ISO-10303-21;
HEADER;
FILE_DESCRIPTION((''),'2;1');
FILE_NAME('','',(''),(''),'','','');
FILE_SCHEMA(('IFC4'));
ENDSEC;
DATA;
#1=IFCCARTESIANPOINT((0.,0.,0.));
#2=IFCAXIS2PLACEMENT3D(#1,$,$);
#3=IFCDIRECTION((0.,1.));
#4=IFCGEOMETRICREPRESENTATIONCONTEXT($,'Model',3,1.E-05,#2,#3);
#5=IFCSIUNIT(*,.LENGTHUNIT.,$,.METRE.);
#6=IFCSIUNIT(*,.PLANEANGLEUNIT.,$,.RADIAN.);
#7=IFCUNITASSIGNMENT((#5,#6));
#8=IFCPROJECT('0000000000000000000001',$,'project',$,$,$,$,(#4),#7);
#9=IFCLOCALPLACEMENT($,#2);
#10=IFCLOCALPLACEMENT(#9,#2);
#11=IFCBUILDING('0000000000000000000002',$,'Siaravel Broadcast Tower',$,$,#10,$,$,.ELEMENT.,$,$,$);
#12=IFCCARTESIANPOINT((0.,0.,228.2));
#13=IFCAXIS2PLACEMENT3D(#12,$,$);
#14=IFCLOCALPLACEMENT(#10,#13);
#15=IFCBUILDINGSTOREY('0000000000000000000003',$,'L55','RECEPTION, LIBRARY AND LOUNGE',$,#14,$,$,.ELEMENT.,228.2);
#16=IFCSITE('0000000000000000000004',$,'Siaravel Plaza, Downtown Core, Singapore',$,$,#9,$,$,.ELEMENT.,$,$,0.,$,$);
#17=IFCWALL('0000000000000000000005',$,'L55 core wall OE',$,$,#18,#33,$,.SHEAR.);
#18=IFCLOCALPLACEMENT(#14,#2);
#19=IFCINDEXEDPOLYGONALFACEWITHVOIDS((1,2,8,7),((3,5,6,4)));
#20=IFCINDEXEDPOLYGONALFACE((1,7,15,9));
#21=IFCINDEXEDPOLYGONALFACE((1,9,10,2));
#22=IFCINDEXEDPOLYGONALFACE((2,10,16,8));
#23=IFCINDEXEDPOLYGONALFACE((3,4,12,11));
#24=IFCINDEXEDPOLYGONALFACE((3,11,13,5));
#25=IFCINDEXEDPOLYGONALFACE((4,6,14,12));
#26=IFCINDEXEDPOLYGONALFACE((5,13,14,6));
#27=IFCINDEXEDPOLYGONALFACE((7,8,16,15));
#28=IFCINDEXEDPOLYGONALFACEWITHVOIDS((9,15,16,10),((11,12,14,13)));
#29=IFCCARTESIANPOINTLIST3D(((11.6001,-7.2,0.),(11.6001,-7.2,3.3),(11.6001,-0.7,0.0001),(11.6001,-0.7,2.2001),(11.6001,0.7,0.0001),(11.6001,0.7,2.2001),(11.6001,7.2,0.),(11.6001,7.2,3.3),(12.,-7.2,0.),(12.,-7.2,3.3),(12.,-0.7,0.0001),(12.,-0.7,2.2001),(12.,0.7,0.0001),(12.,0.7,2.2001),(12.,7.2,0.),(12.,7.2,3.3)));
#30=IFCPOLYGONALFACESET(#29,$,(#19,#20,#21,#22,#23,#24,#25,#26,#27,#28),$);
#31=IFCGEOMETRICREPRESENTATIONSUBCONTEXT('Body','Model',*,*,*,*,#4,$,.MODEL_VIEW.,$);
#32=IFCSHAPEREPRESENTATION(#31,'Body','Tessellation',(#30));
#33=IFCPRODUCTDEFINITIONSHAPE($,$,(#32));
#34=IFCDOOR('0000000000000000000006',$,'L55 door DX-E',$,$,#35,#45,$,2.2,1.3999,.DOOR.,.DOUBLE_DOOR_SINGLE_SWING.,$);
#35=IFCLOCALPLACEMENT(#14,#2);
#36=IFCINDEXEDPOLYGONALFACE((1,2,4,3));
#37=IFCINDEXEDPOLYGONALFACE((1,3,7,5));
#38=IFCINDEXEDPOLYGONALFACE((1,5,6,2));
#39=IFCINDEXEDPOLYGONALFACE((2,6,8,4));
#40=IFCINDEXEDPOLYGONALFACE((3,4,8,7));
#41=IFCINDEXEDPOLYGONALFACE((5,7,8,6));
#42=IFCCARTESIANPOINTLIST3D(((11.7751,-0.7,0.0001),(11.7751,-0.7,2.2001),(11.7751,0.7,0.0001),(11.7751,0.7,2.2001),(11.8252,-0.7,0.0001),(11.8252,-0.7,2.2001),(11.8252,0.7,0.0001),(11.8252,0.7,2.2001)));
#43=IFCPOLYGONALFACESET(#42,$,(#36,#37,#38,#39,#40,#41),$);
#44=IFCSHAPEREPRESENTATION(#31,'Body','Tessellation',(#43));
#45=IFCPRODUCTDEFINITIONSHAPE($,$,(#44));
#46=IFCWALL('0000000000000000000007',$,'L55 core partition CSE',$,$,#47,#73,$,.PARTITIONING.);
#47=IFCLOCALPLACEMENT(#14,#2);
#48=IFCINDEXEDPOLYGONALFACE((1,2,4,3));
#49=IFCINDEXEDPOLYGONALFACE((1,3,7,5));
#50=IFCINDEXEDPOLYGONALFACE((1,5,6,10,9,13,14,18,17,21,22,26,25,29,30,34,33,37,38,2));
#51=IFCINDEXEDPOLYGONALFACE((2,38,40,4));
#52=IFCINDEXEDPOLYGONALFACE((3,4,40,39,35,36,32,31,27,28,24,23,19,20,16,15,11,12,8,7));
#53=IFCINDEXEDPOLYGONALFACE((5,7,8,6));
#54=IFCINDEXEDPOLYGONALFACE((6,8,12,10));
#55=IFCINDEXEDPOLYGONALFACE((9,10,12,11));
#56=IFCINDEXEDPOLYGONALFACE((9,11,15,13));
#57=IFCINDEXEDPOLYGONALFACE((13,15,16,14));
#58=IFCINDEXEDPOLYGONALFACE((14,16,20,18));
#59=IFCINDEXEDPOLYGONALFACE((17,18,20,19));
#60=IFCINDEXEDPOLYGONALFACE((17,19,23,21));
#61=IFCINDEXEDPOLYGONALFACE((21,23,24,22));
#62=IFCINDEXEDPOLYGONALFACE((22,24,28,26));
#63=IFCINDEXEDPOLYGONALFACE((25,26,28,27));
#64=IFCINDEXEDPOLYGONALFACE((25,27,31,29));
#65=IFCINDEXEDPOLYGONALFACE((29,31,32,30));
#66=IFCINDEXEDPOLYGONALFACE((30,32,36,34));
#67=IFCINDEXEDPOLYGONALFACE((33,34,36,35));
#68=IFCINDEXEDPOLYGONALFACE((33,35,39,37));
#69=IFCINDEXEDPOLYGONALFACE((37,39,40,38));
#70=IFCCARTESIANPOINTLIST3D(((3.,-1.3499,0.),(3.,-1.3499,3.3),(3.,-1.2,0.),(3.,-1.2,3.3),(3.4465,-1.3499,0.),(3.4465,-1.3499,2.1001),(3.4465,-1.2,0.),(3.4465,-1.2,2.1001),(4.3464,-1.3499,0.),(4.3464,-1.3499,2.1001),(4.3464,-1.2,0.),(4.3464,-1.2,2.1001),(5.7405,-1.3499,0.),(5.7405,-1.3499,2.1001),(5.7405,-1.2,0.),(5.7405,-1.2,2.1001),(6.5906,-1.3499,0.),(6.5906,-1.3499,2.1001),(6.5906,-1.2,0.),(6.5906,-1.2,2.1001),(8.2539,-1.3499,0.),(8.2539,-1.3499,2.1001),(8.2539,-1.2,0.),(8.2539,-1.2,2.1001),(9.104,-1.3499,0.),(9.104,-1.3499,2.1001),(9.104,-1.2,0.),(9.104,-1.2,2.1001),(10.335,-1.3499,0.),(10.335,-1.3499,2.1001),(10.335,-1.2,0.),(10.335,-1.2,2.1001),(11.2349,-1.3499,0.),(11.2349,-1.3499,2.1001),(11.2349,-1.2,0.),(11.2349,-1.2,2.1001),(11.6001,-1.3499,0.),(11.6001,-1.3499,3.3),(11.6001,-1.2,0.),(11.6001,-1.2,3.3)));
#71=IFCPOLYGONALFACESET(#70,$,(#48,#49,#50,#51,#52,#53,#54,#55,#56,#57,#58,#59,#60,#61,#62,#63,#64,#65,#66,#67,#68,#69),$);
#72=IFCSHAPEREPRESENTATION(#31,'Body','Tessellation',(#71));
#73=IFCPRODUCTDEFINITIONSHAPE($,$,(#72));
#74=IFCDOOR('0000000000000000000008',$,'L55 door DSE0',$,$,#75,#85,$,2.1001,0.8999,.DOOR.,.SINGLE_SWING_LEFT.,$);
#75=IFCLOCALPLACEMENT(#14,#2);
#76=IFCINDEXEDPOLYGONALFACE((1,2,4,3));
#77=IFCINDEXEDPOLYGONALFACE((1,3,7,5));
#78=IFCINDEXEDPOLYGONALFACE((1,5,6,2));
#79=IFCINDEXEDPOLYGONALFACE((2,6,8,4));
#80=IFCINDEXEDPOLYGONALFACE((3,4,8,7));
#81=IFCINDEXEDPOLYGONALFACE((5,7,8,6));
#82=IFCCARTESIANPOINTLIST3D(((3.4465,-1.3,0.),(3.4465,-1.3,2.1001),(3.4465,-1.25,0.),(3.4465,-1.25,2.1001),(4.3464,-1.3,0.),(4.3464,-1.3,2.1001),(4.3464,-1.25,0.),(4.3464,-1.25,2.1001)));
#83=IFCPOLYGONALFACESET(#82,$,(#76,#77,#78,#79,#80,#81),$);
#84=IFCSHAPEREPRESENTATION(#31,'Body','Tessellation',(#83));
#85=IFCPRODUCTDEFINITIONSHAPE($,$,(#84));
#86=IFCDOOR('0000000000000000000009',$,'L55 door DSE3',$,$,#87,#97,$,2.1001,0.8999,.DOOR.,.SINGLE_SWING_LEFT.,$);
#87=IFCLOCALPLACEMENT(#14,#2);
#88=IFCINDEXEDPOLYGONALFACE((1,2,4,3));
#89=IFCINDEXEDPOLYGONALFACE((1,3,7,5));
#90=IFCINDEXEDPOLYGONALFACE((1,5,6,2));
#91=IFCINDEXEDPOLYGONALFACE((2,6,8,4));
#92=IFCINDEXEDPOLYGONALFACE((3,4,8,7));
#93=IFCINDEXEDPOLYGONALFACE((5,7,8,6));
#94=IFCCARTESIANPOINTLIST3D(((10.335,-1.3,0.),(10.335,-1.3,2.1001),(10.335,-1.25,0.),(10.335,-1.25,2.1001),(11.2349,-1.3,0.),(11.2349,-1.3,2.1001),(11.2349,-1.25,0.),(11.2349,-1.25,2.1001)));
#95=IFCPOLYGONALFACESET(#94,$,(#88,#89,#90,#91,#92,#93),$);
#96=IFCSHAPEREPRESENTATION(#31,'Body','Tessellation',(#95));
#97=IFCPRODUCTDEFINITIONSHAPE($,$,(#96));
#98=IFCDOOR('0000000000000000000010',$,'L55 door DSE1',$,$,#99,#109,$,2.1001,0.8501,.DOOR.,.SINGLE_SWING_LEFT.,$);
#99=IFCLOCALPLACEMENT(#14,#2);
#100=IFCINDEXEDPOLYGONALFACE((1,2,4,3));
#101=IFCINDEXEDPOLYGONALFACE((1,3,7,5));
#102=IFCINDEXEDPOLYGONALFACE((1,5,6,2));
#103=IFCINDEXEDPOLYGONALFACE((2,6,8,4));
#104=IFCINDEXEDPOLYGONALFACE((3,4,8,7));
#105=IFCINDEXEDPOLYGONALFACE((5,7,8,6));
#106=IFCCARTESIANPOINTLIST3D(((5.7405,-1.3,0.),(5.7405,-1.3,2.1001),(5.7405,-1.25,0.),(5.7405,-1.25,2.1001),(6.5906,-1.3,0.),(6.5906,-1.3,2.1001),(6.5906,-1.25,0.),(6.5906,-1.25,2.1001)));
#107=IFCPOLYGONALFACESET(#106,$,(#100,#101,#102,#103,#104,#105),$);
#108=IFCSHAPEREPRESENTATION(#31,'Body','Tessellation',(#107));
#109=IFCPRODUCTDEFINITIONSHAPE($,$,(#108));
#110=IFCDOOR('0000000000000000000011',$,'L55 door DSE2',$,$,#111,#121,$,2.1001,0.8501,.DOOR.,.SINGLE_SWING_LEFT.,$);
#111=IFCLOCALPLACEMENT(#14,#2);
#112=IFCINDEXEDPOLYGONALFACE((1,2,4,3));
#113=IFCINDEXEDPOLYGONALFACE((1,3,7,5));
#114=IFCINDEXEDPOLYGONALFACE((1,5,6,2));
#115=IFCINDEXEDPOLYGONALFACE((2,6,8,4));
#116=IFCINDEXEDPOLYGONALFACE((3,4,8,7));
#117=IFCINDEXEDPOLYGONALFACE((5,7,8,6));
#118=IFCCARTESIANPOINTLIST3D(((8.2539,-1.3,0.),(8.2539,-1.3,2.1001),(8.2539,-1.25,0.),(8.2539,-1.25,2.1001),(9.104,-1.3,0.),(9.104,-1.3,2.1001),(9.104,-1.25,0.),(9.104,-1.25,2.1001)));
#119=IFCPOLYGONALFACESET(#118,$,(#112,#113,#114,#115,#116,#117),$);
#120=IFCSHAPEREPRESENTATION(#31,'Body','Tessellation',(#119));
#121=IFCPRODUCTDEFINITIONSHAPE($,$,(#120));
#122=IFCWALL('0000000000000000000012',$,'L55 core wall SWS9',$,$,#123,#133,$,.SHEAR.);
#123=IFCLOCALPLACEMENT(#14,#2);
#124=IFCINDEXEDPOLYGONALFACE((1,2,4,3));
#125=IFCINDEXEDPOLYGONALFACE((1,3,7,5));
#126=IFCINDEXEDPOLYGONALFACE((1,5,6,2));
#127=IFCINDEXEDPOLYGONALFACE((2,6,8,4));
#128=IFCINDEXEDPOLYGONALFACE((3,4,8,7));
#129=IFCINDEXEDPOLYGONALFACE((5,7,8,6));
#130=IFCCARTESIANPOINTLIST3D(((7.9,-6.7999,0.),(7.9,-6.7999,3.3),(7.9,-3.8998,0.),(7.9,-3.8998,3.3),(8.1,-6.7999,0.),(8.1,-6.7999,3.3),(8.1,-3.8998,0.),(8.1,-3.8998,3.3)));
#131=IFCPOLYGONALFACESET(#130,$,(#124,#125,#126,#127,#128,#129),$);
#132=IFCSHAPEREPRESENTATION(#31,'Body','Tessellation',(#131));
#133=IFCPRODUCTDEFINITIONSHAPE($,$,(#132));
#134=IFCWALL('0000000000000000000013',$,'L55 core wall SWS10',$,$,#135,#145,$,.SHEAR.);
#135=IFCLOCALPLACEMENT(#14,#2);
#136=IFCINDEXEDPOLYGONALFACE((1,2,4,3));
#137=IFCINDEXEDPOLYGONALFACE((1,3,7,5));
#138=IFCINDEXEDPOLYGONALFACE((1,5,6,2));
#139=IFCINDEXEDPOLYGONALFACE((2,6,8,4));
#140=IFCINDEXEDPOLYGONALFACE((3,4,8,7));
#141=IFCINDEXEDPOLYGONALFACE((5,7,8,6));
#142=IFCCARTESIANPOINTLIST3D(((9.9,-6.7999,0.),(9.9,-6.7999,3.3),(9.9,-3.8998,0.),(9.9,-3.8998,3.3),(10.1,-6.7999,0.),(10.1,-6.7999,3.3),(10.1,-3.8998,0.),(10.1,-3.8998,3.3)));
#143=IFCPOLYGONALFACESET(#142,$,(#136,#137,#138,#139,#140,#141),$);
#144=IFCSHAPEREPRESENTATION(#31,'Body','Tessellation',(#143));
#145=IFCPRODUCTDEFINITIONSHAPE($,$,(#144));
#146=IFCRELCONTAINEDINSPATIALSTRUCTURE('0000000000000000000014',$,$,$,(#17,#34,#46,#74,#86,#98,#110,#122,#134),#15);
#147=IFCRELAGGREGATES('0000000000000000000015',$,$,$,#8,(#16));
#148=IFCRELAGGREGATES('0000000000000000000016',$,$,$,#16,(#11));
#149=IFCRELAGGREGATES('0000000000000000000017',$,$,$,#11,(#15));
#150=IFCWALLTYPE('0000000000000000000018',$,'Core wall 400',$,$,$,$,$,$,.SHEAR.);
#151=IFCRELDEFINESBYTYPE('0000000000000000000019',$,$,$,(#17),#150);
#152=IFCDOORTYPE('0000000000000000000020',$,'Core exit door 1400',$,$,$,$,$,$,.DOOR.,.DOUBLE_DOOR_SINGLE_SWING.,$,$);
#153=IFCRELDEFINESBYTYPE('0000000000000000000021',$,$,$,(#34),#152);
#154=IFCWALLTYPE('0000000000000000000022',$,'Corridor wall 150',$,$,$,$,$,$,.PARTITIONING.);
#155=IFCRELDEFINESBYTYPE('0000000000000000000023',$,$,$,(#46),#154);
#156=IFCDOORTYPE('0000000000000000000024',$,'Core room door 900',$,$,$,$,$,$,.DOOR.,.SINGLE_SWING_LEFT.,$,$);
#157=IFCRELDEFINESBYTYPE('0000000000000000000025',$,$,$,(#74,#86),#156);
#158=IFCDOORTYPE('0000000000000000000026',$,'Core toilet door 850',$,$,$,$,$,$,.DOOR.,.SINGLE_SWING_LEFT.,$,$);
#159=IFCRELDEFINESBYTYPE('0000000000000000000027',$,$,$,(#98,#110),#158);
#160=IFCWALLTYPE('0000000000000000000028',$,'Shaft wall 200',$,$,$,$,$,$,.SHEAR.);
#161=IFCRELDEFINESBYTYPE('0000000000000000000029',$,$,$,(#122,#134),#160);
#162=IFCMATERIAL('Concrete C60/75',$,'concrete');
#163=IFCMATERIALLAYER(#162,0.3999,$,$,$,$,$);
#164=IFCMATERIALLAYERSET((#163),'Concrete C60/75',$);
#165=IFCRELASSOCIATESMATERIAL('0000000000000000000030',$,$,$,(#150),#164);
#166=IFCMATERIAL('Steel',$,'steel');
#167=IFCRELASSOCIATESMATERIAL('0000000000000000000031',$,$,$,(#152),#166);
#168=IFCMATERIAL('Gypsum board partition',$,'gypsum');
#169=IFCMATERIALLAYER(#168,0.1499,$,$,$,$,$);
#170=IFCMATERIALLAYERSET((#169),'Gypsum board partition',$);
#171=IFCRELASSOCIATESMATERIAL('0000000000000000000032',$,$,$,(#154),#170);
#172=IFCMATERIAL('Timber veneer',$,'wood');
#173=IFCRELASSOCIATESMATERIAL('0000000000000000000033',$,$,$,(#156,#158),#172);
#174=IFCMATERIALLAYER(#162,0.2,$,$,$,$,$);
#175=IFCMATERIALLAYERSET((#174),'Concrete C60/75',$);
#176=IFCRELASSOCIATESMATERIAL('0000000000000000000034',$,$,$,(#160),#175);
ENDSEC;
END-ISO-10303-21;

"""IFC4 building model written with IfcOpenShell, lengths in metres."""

from ifc_helpers import new_model, si_unit, direction, frame, frame_2d, origin, place, context, subcontext, project, spatial, rectangle, extrude, material, layer, layer_set, type_object, element, fill, save


model = new_model("IFC4")

# Units and contexts
model_context = context("Model", 3, precision=1e-05, world=origin(), true_north=direction((0.0, 1.0)))
body_context = subcontext(model_context, "Body", "Model", "MODEL_VIEW")
ifc_project = project(units=[si_unit("LENGTHUNIT", "METRE"), si_unit("PLANEANGLEUNIT", "RADIAN")], contexts=[model_context])

# Site, building, storey
site_placement = place(None, origin())
site = spatial("IfcSite", under=ifc_project, at=site_placement, Name="Siaravel Plaza, Downtown Core, Singapore", CompositionType="ELEMENT", RefElevation=0.0)
building_placement = place(site_placement, origin())
building = spatial("IfcBuilding", under=site, at=building_placement, Name="Siaravel Broadcast Tower", CompositionType="ELEMENT")
storey_placement = place(building_placement, frame((0.0, 0.0, 228.2)))
storey = spatial("IfcBuildingStorey", under=building, at=storey_placement, Name="L55", Description="RECEPTION, LIBRARY AND LOUNGE", CompositionType="ELEMENT", Elevation=228.2)

# Wall, opening, door
ifc_material_1 = material(Name="Concrete C60/75", Category="concrete")
ifc_layer_1 = layer(ifc_material_1, 0.3999)
ifc_layer_set_1 = layer_set([ifc_layer_1], Name="Concrete C60/75")
wall_type_1 = type_object("IfcWallType", Name="Core wall 400", PredefinedType="SHEAR", material=ifc_layer_set_1)
wall_1_placement = place(storey_placement, frame((11.8, -7.2, 0.0), z_axis=(0.0, 0.0, 1.0), x_axis=(0.0, 1.0, 0.0)))
wall_1 = element("IfcWall", 1, at=wall_1_placement, inside=storey, type_object=wall_type_1, Name="L55 core wall OE", PredefinedType="SHEAR", context=body_context, shape_type="SweptSolid", body=[
    extrude(rectangle(XDim=14.3999, YDim=0.3999, at=frame_2d((7.2, 0.0))), origin(), (0.0, 0.0, 1.0), 3.3),
])
opening_1_placement = place(wall_1_placement, frame((6.5, 0.0, 0.0)))
opening_1 = element("IfcOpeningElement", 2, at=opening_1_placement, cuts=wall_1, PredefinedType="OPENING", context=body_context, shape_type="SweptSolid", body=[
    extrude(rectangle(XDim=1.3999, YDim=2.2, at=frame_2d((0.7, 1.1001))), frame((0.0, 0.21, 0.0), z_axis=(0.0, -1.0, 0.0), x_axis=(1.0, 0.0, 0.0)), (0.0, 0.0, 1.0), 0.4199),
])
ifc_material_2 = material(Name="Steel", Category="steel")
door_type_1 = type_object("IfcDoorType", Name="Core exit door 1400", OperationType="DOUBLE_DOOR_SINGLE_SWING", PredefinedType="DOOR", material=ifc_material_2)
door_1_placement = place(opening_1_placement, origin())
door_1 = element("IfcDoor", 3, at=door_1_placement, inside=storey, type_object=door_type_1, Name="L55 door DX-E", OperationType="DOUBLE_DOOR_SINGLE_SWING", OverallHeight=2.2, OverallWidth=1.3999, PredefinedType="DOOR", context=body_context, shape_type="SweptSolid", body=[
    extrude(rectangle(XDim=1.3999, YDim=2.2, at=frame_2d((0.7, 1.1001))), frame((0.0, 0.0249, 0.0), z_axis=(0.0, -1.0, 0.0), x_axis=(1.0, 0.0, 0.0)), (0.0, 0.0, 1.0), 0.05),
])
fill(opening_1, door_1)

# Wall, openings, doors
ifc_material_3 = material(Name="Gypsum board partition", Category="gypsum")
ifc_layer_2 = layer(ifc_material_3, 0.1499)
ifc_layer_set_2 = layer_set([ifc_layer_2], Name="Gypsum board partition")
wall_type_2 = type_object("IfcWallType", Name="Corridor wall 150", PredefinedType="PARTITIONING", material=ifc_layer_set_2)
wall_2_placement = place(storey_placement, frame((3.0, -1.2749, 0.0), z_axis=(0.0, 0.0, 1.0), x_axis=(1.0, 0.0, 0.0)))
wall_2 = element("IfcWall", 4, at=wall_2_placement, inside=storey, type_object=wall_type_2, Name="L55 core partition CSE", PredefinedType="PARTITIONING", context=body_context, shape_type="SweptSolid", body=[
    extrude(rectangle(XDim=8.6001, YDim=0.1499, at=frame_2d((4.3, 0.0))), origin(), (0.0, 0.0, 1.0), 3.3),
])
opening_2_placement = place(wall_2_placement, frame((0.4465, 0.0, 0.0)))
opening_2 = element("IfcOpeningElement", 5, at=opening_2_placement, cuts=wall_2, PredefinedType="OPENING", context=body_context, shape_type="SweptSolid", body=[
    extrude(rectangle(XDim=0.8999, YDim=2.1001, at=frame_2d((0.45, 1.05))), frame((0.0, 0.085, 0.0), z_axis=(0.0, -1.0, 0.0), x_axis=(1.0, 0.0, 0.0)), (0.0, 0.0, 1.0), 0.1699),
])
opening_3_placement = place(wall_2_placement, frame((2.7405, 0.0, 0.0)))
opening_3 = element("IfcOpeningElement", 6, at=opening_3_placement, cuts=wall_2, PredefinedType="OPENING", context=body_context, shape_type="SweptSolid", body=[
    extrude(rectangle(XDim=0.8501, YDim=2.1001, at=frame_2d((0.425, 1.05))), frame((0.0, 0.085, 0.0), z_axis=(0.0, -1.0, 0.0), x_axis=(1.0, 0.0, 0.0)), (0.0, 0.0, 1.0), 0.1699),
])
opening_4_placement = place(wall_2_placement, frame((5.2539, 0.0, 0.0)))
opening_4 = element("IfcOpeningElement", 7, at=opening_4_placement, cuts=wall_2, PredefinedType="OPENING", context=body_context, shape_type="SweptSolid", body=[
    extrude(rectangle(XDim=0.8501, YDim=2.1001, at=frame_2d((0.425, 1.05))), frame((0.0, 0.085, 0.0), z_axis=(0.0, -1.0, 0.0), x_axis=(1.0, 0.0, 0.0)), (0.0, 0.0, 1.0), 0.1699),
])
opening_5_placement = place(wall_2_placement, frame((7.335, 0.0, 0.0)))
opening_5 = element("IfcOpeningElement", 8, at=opening_5_placement, cuts=wall_2, PredefinedType="OPENING", context=body_context, shape_type="SweptSolid", body=[
    extrude(rectangle(XDim=0.8999, YDim=2.1001, at=frame_2d((0.45, 1.05))), frame((0.0, 0.085, 0.0), z_axis=(0.0, -1.0, 0.0), x_axis=(1.0, 0.0, 0.0)), (0.0, 0.0, 1.0), 0.1699),
])
ifc_material_4 = material(Name="Timber veneer", Category="wood")
door_type_2 = type_object("IfcDoorType", Name="Core room door 900", OperationType="SINGLE_SWING_LEFT", PredefinedType="DOOR", material=ifc_material_4)
door_2_placement = place(opening_2_placement, origin())
door_2 = element("IfcDoor", 9, at=door_2_placement, inside=storey, type_object=door_type_2, Name="L55 door DSE0", OperationType="SINGLE_SWING_LEFT", OverallHeight=2.1001, OverallWidth=0.8999, PredefinedType="DOOR", context=body_context, shape_type="SweptSolid", body=[
    extrude(rectangle(XDim=0.8999, YDim=2.1001, at=frame_2d((0.45, 1.05))), frame((0.0, 0.0249, 0.0), z_axis=(0.0, -1.0, 0.0), x_axis=(1.0, 0.0, 0.0)), (0.0, 0.0, 1.0), 0.05),
])
fill(opening_2, door_2)
door_3_placement = place(opening_5_placement, origin())
door_3 = element("IfcDoor", 10, at=door_3_placement, inside=storey, type_object=door_type_2, Name="L55 door DSE3", OperationType="SINGLE_SWING_LEFT", OverallHeight=2.1001, OverallWidth=0.8999, PredefinedType="DOOR", context=body_context, shape_type="SweptSolid", body=[
    extrude(rectangle(XDim=0.8999, YDim=2.1001, at=frame_2d((0.45, 1.05))), frame((0.0, 0.0249, 0.0), z_axis=(0.0, -1.0, 0.0), x_axis=(1.0, 0.0, 0.0)), (0.0, 0.0, 1.0), 0.05),
])
fill(opening_5, door_3)
door_type_3 = type_object("IfcDoorType", Name="Core toilet door 850", OperationType="SINGLE_SWING_LEFT", PredefinedType="DOOR", material=ifc_material_4)
door_4_placement = place(opening_3_placement, origin())
door_4 = element("IfcDoor", 11, at=door_4_placement, inside=storey, type_object=door_type_3, Name="L55 door DSE1", OperationType="SINGLE_SWING_LEFT", OverallHeight=2.1001, OverallWidth=0.8501, PredefinedType="DOOR", context=body_context, shape_type="SweptSolid", body=[
    extrude(rectangle(XDim=0.8501, YDim=2.1001, at=frame_2d((0.425, 1.05))), frame((0.0, 0.0249, 0.0), z_axis=(0.0, -1.0, 0.0), x_axis=(1.0, 0.0, 0.0)), (0.0, 0.0, 1.0), 0.05),
])
fill(opening_3, door_4)
door_5_placement = place(opening_4_placement, origin())
door_5 = element("IfcDoor", 12, at=door_5_placement, inside=storey, type_object=door_type_3, Name="L55 door DSE2", OperationType="SINGLE_SWING_LEFT", OverallHeight=2.1001, OverallWidth=0.8501, PredefinedType="DOOR", context=body_context, shape_type="SweptSolid", body=[
    extrude(rectangle(XDim=0.8501, YDim=2.1001, at=frame_2d((0.425, 1.05))), frame((0.0, 0.0249, 0.0), z_axis=(0.0, -1.0, 0.0), x_axis=(1.0, 0.0, 0.0)), (0.0, 0.0, 1.0), 0.05),
])
fill(opening_4, door_5)

# Walls
ifc_layer_3 = layer(ifc_material_1, 0.2)
ifc_layer_set_3 = layer_set([ifc_layer_3], Name="Concrete C60/75")
wall_type_3 = type_object("IfcWallType", Name="Shaft wall 200", PredefinedType="SHEAR", material=ifc_layer_set_3)
for number, where, z_axis, x_axis, name in (
    (13, (8.0, -6.8, 0.0), (0.0, 0.0, 1.0), (0.0, 1.0, 0.0), "L55 core wall SWS9"),
    (14, (10.0, -6.8, 0.0), (0.0, 0.0, 1.0), (0.0, 1.0, 0.0), "L55 core wall SWS10"),
):
    element("IfcWall", number, at=place(storey_placement, frame(where, z_axis=z_axis, x_axis=x_axis)), inside=storey, type_object=wall_type_3, Name=name, PredefinedType="SHEAR", context=body_context, shape_type="SweptSolid", body=[
        extrude(rectangle(XDim=2.9001, YDim=0.2, at=frame_2d((1.4502, 0.0))), origin(), (0.0, 0.0, 1.0), 3.3),
    ])

save(model, "model.ifc")
